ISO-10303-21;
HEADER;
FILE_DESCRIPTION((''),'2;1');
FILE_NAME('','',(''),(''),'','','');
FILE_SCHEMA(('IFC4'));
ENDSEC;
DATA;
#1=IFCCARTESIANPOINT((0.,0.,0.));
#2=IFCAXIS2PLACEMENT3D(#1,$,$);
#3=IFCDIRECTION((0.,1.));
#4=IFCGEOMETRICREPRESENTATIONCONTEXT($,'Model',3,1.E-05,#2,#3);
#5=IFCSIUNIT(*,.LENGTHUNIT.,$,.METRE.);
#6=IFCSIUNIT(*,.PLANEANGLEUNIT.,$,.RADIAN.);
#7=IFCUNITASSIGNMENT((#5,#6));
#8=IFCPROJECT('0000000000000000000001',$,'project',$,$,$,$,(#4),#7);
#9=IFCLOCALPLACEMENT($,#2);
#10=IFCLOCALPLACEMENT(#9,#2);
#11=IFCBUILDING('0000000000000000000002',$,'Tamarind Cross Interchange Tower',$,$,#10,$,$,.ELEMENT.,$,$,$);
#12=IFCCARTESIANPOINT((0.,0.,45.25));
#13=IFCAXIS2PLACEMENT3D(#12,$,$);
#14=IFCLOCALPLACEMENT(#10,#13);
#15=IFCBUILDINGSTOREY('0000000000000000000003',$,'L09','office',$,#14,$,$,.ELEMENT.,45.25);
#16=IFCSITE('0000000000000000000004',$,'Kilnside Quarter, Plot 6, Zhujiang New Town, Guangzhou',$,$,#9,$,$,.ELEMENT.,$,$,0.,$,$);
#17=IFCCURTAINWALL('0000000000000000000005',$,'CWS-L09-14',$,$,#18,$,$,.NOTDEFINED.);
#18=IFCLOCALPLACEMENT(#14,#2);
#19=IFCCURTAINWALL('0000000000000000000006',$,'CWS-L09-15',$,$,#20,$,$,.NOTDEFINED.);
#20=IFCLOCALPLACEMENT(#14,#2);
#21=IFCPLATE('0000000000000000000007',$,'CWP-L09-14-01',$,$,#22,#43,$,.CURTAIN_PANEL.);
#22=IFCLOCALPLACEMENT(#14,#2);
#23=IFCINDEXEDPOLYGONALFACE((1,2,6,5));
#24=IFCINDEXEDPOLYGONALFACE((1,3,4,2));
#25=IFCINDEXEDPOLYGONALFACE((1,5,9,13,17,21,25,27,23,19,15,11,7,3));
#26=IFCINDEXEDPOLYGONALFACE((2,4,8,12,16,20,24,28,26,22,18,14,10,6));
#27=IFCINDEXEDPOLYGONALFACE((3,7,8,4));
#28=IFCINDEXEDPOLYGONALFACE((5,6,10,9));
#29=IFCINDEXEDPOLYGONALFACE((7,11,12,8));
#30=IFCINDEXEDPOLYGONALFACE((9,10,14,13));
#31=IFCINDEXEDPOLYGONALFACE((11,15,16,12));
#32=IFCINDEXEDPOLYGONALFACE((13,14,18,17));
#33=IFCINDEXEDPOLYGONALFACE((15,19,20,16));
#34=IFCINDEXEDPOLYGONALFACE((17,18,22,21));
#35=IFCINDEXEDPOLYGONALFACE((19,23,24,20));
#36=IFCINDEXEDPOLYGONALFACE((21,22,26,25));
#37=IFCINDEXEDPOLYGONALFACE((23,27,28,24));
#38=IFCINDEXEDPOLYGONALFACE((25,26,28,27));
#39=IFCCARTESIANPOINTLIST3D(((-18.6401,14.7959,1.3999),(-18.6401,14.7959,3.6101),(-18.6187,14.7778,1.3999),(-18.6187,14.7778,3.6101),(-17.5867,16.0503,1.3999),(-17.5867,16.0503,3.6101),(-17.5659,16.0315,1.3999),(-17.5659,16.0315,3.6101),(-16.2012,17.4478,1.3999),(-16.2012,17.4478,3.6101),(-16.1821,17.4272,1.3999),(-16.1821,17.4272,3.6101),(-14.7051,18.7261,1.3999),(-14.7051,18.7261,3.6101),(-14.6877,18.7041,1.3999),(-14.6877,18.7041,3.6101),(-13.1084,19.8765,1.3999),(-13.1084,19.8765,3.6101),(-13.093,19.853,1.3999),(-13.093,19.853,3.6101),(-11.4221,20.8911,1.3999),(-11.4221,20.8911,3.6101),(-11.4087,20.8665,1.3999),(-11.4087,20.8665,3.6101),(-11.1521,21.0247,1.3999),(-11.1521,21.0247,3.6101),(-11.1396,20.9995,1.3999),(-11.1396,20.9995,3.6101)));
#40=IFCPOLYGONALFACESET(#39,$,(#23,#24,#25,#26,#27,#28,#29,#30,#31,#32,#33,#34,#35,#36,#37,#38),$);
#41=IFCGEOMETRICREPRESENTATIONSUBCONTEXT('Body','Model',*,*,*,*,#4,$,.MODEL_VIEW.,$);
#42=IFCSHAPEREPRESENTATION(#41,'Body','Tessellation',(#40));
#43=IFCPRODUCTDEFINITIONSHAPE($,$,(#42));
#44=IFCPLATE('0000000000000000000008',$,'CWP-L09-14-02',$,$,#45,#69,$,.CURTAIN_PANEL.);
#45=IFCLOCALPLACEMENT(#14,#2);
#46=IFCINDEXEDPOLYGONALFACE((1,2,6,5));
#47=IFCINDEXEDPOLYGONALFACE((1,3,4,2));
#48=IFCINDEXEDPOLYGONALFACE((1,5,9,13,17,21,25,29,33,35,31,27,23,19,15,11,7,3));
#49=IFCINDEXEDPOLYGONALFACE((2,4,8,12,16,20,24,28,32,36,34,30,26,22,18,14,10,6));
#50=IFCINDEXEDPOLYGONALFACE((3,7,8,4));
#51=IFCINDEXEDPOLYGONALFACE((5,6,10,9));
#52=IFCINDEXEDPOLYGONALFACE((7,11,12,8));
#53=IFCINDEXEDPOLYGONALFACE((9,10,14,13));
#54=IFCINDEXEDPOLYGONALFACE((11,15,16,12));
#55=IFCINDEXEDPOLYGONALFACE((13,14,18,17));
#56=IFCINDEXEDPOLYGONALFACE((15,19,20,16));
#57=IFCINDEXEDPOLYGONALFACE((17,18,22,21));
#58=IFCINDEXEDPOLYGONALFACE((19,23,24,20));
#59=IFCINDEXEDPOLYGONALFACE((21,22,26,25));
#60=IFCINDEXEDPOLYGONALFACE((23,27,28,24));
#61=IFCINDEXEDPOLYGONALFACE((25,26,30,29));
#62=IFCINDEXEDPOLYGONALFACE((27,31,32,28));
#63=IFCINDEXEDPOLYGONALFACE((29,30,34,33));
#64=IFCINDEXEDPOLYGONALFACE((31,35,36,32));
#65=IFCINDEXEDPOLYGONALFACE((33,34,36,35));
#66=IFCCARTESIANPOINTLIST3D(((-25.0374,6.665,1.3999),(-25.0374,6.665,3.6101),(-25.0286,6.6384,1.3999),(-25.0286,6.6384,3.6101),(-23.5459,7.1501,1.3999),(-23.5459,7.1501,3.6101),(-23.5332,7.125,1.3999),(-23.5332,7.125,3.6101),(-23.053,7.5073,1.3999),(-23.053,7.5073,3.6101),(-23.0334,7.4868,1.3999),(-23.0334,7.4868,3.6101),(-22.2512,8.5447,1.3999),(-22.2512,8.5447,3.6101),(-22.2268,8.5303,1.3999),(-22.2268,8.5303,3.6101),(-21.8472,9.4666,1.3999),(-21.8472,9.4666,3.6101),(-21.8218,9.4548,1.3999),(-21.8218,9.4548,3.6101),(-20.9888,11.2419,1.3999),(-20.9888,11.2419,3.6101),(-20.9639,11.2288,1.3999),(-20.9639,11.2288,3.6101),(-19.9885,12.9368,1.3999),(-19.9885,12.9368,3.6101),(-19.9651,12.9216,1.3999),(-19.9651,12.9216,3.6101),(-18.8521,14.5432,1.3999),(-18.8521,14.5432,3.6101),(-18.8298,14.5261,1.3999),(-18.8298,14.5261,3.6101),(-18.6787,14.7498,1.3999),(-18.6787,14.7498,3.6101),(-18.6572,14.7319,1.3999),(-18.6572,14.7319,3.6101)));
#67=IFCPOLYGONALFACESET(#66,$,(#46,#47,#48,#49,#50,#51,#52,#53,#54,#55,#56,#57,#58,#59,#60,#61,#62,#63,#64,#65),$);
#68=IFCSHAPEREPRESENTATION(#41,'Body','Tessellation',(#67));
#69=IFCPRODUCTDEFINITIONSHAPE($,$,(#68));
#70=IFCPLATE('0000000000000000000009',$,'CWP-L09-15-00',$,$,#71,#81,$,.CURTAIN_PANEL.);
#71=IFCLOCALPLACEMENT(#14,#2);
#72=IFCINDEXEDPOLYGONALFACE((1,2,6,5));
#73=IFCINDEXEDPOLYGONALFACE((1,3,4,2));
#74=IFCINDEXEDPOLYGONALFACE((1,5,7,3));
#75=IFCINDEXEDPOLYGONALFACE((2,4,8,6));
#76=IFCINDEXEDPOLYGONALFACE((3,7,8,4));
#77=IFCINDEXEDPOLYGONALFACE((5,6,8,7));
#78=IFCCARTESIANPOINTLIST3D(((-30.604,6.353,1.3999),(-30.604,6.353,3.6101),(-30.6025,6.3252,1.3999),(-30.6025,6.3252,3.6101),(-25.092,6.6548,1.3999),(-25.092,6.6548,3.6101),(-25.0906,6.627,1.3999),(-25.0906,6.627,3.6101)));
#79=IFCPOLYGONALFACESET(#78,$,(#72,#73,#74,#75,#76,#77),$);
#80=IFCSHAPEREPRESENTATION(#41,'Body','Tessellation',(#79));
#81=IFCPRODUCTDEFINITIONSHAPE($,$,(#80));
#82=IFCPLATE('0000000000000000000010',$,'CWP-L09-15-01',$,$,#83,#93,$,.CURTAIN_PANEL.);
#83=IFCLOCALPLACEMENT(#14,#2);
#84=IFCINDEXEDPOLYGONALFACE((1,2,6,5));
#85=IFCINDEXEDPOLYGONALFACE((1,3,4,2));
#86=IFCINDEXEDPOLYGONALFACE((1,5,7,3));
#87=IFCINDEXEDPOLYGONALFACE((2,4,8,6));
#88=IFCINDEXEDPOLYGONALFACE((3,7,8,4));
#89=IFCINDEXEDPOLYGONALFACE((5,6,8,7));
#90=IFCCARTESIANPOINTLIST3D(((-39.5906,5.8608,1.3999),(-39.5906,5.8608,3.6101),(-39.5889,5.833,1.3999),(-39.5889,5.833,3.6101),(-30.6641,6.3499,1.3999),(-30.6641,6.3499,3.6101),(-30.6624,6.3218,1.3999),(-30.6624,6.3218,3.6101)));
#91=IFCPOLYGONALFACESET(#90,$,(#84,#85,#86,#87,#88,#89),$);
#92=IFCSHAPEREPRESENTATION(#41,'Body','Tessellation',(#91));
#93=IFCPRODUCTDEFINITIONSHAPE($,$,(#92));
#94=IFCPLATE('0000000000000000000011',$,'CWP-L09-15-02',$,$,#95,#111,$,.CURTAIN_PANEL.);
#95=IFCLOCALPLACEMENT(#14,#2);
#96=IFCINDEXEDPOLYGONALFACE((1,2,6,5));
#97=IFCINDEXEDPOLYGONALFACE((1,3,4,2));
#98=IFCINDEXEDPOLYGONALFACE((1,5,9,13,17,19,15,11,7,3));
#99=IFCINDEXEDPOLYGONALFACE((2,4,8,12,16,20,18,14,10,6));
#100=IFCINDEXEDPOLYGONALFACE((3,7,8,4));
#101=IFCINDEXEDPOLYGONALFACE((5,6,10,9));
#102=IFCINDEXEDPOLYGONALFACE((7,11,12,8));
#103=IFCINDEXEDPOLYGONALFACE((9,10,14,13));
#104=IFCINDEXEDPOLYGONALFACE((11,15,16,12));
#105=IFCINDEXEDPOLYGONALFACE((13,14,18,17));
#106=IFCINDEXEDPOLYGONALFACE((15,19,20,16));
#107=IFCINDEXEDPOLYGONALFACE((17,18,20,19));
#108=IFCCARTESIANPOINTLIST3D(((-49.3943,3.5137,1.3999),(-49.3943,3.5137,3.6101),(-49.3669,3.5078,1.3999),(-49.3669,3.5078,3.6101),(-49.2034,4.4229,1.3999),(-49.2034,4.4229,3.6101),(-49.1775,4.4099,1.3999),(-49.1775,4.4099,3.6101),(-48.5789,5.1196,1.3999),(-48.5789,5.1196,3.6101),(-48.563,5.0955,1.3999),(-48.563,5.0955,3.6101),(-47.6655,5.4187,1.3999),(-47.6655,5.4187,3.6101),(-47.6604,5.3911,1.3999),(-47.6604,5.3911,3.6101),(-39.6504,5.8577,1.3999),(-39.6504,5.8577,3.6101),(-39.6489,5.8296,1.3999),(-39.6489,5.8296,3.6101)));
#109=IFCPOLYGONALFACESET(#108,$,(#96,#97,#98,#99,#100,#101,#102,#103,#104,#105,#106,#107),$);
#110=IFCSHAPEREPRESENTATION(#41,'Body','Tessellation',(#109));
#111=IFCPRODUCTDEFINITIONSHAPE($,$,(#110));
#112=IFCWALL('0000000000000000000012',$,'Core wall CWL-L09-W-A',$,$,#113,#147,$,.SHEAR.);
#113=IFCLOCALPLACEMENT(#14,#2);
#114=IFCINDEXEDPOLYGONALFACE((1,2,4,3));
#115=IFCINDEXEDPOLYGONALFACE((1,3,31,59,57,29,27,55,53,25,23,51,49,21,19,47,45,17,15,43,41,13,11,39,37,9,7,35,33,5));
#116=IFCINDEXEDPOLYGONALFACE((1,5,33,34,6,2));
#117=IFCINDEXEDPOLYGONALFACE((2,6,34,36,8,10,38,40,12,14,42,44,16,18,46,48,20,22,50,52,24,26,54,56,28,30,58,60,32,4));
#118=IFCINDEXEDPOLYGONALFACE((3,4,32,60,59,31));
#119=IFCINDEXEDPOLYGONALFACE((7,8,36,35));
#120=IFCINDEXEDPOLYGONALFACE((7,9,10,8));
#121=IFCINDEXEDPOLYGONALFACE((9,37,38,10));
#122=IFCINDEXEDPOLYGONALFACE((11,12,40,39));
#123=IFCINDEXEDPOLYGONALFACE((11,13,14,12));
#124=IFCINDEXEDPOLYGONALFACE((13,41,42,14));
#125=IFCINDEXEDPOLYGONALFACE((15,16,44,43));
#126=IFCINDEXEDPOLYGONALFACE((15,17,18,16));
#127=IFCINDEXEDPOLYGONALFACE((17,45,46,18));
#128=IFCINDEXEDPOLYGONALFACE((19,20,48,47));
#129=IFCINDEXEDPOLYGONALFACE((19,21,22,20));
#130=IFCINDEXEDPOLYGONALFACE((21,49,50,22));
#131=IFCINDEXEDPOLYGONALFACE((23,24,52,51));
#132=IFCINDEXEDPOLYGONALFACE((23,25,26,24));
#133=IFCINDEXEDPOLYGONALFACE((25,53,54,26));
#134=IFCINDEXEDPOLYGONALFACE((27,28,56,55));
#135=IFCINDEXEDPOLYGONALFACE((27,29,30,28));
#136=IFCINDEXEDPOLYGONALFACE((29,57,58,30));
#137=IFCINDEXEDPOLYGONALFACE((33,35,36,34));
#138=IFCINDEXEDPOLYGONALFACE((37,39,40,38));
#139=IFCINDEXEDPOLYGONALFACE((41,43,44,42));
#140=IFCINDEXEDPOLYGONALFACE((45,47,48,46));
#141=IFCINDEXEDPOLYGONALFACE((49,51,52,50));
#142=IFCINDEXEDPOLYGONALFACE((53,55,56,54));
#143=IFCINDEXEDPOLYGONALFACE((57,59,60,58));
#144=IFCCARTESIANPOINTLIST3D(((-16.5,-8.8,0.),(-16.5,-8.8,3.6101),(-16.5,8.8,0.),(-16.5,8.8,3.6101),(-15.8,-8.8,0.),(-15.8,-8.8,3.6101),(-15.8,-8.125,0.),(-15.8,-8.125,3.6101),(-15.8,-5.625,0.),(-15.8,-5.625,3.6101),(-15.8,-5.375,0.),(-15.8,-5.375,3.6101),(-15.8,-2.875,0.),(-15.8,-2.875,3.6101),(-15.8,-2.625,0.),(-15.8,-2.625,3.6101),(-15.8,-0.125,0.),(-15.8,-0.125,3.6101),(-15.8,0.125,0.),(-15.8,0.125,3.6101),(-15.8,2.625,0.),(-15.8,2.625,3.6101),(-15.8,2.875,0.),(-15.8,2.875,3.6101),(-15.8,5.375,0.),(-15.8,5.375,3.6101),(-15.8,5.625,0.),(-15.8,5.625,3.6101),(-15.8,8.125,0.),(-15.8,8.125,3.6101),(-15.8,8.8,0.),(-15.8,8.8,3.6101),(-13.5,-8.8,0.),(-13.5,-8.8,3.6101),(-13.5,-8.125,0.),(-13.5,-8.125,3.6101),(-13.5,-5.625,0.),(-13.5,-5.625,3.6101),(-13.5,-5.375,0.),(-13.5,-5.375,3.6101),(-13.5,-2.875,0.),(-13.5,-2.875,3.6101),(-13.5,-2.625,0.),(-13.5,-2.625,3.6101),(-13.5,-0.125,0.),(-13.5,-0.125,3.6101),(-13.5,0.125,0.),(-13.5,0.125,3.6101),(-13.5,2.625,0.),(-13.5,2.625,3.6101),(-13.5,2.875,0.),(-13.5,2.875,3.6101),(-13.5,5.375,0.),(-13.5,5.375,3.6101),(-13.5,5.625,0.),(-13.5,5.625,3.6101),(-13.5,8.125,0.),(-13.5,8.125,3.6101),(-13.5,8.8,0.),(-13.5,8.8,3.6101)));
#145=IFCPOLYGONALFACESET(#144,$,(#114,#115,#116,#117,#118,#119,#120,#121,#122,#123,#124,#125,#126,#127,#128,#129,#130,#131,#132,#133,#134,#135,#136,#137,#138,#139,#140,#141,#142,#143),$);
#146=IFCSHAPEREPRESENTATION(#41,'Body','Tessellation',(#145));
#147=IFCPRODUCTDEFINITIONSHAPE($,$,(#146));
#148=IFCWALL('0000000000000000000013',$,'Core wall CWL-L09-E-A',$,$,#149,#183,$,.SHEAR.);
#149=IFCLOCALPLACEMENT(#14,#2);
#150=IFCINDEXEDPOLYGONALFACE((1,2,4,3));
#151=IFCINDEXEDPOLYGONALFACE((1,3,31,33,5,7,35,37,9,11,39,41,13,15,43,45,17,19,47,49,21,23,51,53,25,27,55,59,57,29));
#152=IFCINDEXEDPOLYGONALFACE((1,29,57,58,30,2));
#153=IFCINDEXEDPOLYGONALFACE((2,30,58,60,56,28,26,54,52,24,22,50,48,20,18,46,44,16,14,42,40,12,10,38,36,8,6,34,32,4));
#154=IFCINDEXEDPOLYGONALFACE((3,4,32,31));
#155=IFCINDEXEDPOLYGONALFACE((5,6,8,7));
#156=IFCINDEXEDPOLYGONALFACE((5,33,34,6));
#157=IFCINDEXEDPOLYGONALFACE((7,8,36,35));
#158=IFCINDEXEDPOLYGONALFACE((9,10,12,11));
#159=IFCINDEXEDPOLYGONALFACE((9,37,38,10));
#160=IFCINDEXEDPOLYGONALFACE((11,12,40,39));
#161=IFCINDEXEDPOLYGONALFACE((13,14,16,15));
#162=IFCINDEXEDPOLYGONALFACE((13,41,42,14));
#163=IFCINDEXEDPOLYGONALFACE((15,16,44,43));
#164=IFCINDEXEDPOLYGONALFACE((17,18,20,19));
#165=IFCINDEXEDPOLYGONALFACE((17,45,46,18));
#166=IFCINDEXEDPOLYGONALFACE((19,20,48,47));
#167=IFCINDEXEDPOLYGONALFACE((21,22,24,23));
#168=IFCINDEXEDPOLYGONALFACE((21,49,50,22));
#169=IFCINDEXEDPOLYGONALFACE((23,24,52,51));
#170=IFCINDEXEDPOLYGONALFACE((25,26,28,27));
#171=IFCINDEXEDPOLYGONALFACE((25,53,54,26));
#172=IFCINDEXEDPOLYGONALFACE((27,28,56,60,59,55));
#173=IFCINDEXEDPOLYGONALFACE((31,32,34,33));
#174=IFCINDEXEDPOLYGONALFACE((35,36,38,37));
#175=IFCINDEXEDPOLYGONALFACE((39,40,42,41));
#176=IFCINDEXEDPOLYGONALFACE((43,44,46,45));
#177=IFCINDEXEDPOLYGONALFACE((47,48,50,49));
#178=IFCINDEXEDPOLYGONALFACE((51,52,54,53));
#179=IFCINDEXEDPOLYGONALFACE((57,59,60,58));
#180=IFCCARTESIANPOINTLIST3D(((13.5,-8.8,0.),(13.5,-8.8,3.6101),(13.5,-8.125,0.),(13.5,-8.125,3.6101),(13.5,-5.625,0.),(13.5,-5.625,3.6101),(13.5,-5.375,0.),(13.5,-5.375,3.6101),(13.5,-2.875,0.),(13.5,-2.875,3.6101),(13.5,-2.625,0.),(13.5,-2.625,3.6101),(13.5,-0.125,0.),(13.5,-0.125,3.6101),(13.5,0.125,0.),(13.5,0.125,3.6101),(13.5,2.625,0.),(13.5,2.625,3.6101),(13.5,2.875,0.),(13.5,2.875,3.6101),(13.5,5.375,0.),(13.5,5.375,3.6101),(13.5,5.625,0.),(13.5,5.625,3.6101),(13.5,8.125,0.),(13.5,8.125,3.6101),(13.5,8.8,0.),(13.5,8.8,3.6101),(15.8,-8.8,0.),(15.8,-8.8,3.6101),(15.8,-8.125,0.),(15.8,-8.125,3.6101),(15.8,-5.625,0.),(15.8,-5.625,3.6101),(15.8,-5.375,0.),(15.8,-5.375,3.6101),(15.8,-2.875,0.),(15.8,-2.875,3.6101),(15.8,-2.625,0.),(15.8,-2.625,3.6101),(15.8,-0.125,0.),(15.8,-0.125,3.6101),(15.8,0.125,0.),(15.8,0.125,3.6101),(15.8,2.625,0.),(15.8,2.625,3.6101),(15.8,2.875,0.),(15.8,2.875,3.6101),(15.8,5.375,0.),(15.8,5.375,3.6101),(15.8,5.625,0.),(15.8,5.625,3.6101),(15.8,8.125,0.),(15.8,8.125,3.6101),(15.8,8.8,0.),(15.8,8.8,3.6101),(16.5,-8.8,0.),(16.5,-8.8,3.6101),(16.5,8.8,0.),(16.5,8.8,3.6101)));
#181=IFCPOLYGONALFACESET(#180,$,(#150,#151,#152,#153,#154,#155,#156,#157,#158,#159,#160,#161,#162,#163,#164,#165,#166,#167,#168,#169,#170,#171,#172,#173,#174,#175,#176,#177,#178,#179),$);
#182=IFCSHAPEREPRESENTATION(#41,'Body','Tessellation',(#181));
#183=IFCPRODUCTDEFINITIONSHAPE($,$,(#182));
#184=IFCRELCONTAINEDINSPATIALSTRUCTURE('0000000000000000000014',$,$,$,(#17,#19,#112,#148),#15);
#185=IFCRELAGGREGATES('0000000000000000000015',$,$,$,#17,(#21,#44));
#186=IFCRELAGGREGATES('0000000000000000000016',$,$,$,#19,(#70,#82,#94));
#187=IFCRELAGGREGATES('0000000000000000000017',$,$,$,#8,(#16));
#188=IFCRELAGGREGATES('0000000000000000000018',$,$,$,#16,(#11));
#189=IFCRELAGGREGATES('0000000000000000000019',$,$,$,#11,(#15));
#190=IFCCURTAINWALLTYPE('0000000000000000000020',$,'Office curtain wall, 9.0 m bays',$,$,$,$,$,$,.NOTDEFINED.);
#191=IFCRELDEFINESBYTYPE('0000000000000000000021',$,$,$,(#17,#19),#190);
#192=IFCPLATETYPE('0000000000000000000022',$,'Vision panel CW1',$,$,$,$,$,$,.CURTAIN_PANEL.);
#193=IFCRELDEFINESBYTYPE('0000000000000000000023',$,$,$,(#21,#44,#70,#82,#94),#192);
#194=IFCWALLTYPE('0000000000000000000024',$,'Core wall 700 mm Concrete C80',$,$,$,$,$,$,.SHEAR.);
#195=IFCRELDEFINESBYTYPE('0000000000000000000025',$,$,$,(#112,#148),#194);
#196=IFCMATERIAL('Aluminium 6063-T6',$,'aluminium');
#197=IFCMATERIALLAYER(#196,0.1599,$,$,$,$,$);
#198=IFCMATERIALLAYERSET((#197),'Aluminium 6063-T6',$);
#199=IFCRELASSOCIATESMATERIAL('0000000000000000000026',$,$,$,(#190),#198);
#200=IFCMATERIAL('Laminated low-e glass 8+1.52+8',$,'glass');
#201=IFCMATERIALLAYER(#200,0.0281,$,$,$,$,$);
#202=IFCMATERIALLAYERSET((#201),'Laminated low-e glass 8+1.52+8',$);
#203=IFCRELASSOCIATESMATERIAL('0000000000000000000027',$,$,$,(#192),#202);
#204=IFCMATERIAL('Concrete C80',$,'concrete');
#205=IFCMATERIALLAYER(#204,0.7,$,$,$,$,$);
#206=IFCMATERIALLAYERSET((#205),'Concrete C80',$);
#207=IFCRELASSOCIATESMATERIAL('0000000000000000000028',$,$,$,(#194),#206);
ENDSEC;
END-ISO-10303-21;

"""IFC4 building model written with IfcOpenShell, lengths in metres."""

from ifc_helpers import new_model, si_unit, direction, frame, origin, place, context, subcontext, project, spatial, polyline, outline, extrude, material, layer, layer_set, type_object, element, aggregate, save


model = new_model("IFC4")

# Units and contexts
model_context = context("Model", 3, precision=1e-05, world=origin(), true_north=direction((0.0, 1.0)))
body_context = subcontext(model_context, "Body", "Model", "MODEL_VIEW")
ifc_project = project(units=[si_unit("LENGTHUNIT", "METRE"), si_unit("PLANEANGLEUNIT", "RADIAN")], contexts=[model_context])

# Site, building, storey
site_placement = place(None, origin())
site = spatial("IfcSite", under=ifc_project, at=site_placement, Name="Kilnside Quarter, Plot 6, Zhujiang New Town, Guangzhou", CompositionType="ELEMENT", RefElevation=0.0)
building_placement = place(site_placement, origin())
building = spatial("IfcBuilding", under=site, at=building_placement, Name="Tamarind Cross Interchange Tower", CompositionType="ELEMENT")
storey_placement = place(building_placement, frame((0.0, 0.0, 45.25)))
storey = spatial("IfcBuildingStorey", under=building, at=storey_placement, Name="L09", Description="office", CompositionType="ELEMENT", Elevation=45.25)

# Curtain walls
ifc_material_1 = material(Name="Aluminium 6063-T6", Category="aluminium")
ifc_layer_1 = layer(ifc_material_1, 0.1599)
ifc_layer_set_1 = layer_set([ifc_layer_1], Name="Aluminium 6063-T6")
curtain_wall_type = type_object("IfcCurtainWallType", Name="Office curtain wall, 9.0 m bays", PredefinedType="NOTDEFINED", material=ifc_layer_set_1)
curtain_wall_1_placement = place(storey_placement, origin())
curtain_wall_1 = element("IfcCurtainWall", 1, at=curtain_wall_1_placement, inside=storey, type_object=curtain_wall_type, Name="CWS-L09-14", PredefinedType="NOTDEFINED")
curtain_wall_2_placement = place(storey_placement, origin())
curtain_wall_2 = element("IfcCurtainWall", 2, at=curtain_wall_2_placement, inside=storey, type_object=curtain_wall_type, Name="CWS-L09-15", PredefinedType="NOTDEFINED")

# Plates
ifc_material_2 = material(Name="Laminated low-e glass 8+1.52+8", Category="glass")
ifc_layer_2 = layer(ifc_material_2, 0.0281)
ifc_layer_set_2 = layer_set([ifc_layer_2], Name="Laminated low-e glass 8+1.52+8")
plate_type = type_object("IfcPlateType", Name="Vision panel CW1", PredefinedType="CURTAIN_PANEL", material=ifc_layer_set_2)
plate_1_placement = place(storey_placement, frame((0.0, 0.0, 1.3999)))
plate_1 = element("IfcPlate", 3, at=plate_1_placement, type_object=plate_type, Name="CWP-L09-14-01", PredefinedType="CURTAIN_PANEL", context=body_context, shape_type="SweptSolid", body=[
    extrude(outline(polyline([(-11.1396, 20.9995), (-11.4087, 20.8665), (-13.093, 19.853), (-14.6877, 18.7041), (-16.1821, 17.4272), (-17.5659, 16.0315), (-18.6187, 14.7778), (-18.6401, 14.7959), (-17.5867, 16.0503), (-16.2012, 17.4478), (-14.7051, 18.7261), (-13.1084, 19.8765), (-11.4221, 20.8911), (-11.1521, 21.0247), (-11.1396, 20.9995)])), origin(), (0.0, 0.0, 1.0), 2.2102),
])
plate_2_placement = place(storey_placement, frame((0.0, 0.0, 1.3999)))
plate_2 = element("IfcPlate", 4, at=plate_2_placement, type_object=plate_type, Name="CWP-L09-14-02", PredefinedType="CURTAIN_PANEL", context=body_context, shape_type="SweptSolid", body=[
    extrude(outline(polyline([(-18.6572, 14.7319), (-18.8298, 14.5261), (-19.9651, 12.9216), (-20.9639, 11.2288), (-21.8218, 9.4548), (-22.2268, 8.5303), (-23.0334, 7.4868), (-23.5332, 7.125), (-25.0286, 6.6384), (-25.0374, 6.665), (-23.5459, 7.1501), (-23.053, 7.5073), (-22.2512, 8.5447), (-21.8472, 9.4666), (-20.9888, 11.2419), (-19.9885, 12.9368), (-18.8521, 14.5432), (-18.6787, 14.7498), (-18.6572, 14.7319)])), origin(), (0.0, 0.0, 1.0), 2.2102),
])
aggregate(curtain_wall_1, [plate_1, plate_2])
plate_3_placement = place(storey_placement, frame((0.0, 0.0, 1.3999)))
plate_3 = element("IfcPlate", 5, at=plate_3_placement, type_object=plate_type, Name="CWP-L09-15-00", PredefinedType="CURTAIN_PANEL", context=body_context, shape_type="SweptSolid", body=[
    extrude(outline(polyline([(-25.0906, 6.627), (-30.6025, 6.3252), (-30.604, 6.353), (-25.092, 6.6548), (-25.0906, 6.627)])), origin(), (0.0, 0.0, 1.0), 2.2102),
])
plate_4_placement = place(storey_placement, frame((0.0, 0.0, 1.3999)))
plate_4 = element("IfcPlate", 6, at=plate_4_placement, type_object=plate_type, Name="CWP-L09-15-01", PredefinedType="CURTAIN_PANEL", context=body_context, shape_type="SweptSolid", body=[
    extrude(outline(polyline([(-30.6624, 6.3218), (-39.5889, 5.833), (-39.5906, 5.8608), (-30.6641, 6.3499), (-30.6624, 6.3218)])), origin(), (0.0, 0.0, 1.0), 2.2102),
])
plate_5_placement = place(storey_placement, frame((0.0, 0.0, 1.3999)))
plate_5 = element("IfcPlate", 7, at=plate_5_placement, type_object=plate_type, Name="CWP-L09-15-02", PredefinedType="CURTAIN_PANEL", context=body_context, shape_type="SweptSolid", body=[
    extrude(outline(polyline([(-39.6489, 5.8296), (-47.6604, 5.3911), (-48.563, 5.0955), (-49.1775, 4.4099), (-49.3669, 3.5078), (-49.3943, 3.5137), (-49.2034, 4.4229), (-48.5789, 5.1196), (-47.6655, 5.4187), (-39.6504, 5.8577), (-39.6489, 5.8296)])), origin(), (0.0, 0.0, 1.0), 2.2102),
])
aggregate(curtain_wall_2, [plate_3, plate_4, plate_5])

# Walls
ifc_material_3 = material(Name="Concrete C80", Category="concrete")
ifc_layer_3 = layer(ifc_material_3, 0.7)
ifc_layer_set_3 = layer_set([ifc_layer_3], Name="Concrete C80")
wall_type_1 = type_object("IfcWallType", Name="Core wall 700 mm Concrete C80", PredefinedType="SHEAR", material=ifc_layer_set_3)
wall_1_placement = place(storey_placement, origin())
element("IfcWall", 8, at=wall_1_placement, inside=storey, type_object=wall_type_1, Name="Core wall CWL-L09-W-A", PredefinedType="SHEAR", context=body_context, shape_type="SweptSolid", body=[
    extrude(outline(polyline([(-13.5, -8.8), (-13.5, -8.125), (-15.8, -8.125), (-15.8, -5.625), (-13.5, -5.625), (-13.5, -5.375), (-15.8, -5.375), (-15.8, -2.875), (-13.5, -2.875), (-13.5, -2.625), (-15.8, -2.625), (-15.8, -0.125), (-13.5, -0.125), (-13.5, 0.125), (-15.8, 0.125), (-15.8, 2.625), (-13.5, 2.625), (-13.5, 2.875), (-15.8, 2.875), (-15.8, 5.375), (-13.5, 5.375), (-13.5, 5.625), (-15.8, 5.625), (-15.8, 8.125), (-13.5, 8.125), (-13.5, 8.8), (-15.8, 8.8), (-16.5, 8.8), (-16.5, -8.8), (-15.8, -8.8), (-13.5, -8.8)])), origin(), (0.0, 0.0, 1.0), 3.6101),
])
wall_2_placement = place(storey_placement, origin())
element("IfcWall", 9, at=wall_2_placement, inside=storey, type_object=wall_type_1, Name="Core wall CWL-L09-E-A", PredefinedType="SHEAR", context=body_context, shape_type="SweptSolid", body=[
    extrude(outline(polyline([(13.5, -8.8), (15.8, -8.8), (16.5, -8.8), (16.5, 8.8), (15.8, 8.8), (13.5, 8.8), (13.5, 8.125), (15.8, 8.125), (15.8, 5.625), (13.5, 5.625), (13.5, 5.375), (15.8, 5.375), (15.8, 2.875), (13.5, 2.875), (13.5, 2.625), (15.8, 2.625), (15.8, 0.125), (13.5, 0.125), (13.5, -0.125), (15.8, -0.125), (15.8, -2.625), (13.5, -2.625), (13.5, -2.875), (15.8, -2.875), (15.8, -5.375), (13.5, -5.375), (13.5, -5.625), (15.8, -5.625), (15.8, -8.125), (13.5, -8.125), (13.5, -8.8)])), origin(), (0.0, 0.0, 1.0), 3.6101),
])

save(model, "model.ifc")
